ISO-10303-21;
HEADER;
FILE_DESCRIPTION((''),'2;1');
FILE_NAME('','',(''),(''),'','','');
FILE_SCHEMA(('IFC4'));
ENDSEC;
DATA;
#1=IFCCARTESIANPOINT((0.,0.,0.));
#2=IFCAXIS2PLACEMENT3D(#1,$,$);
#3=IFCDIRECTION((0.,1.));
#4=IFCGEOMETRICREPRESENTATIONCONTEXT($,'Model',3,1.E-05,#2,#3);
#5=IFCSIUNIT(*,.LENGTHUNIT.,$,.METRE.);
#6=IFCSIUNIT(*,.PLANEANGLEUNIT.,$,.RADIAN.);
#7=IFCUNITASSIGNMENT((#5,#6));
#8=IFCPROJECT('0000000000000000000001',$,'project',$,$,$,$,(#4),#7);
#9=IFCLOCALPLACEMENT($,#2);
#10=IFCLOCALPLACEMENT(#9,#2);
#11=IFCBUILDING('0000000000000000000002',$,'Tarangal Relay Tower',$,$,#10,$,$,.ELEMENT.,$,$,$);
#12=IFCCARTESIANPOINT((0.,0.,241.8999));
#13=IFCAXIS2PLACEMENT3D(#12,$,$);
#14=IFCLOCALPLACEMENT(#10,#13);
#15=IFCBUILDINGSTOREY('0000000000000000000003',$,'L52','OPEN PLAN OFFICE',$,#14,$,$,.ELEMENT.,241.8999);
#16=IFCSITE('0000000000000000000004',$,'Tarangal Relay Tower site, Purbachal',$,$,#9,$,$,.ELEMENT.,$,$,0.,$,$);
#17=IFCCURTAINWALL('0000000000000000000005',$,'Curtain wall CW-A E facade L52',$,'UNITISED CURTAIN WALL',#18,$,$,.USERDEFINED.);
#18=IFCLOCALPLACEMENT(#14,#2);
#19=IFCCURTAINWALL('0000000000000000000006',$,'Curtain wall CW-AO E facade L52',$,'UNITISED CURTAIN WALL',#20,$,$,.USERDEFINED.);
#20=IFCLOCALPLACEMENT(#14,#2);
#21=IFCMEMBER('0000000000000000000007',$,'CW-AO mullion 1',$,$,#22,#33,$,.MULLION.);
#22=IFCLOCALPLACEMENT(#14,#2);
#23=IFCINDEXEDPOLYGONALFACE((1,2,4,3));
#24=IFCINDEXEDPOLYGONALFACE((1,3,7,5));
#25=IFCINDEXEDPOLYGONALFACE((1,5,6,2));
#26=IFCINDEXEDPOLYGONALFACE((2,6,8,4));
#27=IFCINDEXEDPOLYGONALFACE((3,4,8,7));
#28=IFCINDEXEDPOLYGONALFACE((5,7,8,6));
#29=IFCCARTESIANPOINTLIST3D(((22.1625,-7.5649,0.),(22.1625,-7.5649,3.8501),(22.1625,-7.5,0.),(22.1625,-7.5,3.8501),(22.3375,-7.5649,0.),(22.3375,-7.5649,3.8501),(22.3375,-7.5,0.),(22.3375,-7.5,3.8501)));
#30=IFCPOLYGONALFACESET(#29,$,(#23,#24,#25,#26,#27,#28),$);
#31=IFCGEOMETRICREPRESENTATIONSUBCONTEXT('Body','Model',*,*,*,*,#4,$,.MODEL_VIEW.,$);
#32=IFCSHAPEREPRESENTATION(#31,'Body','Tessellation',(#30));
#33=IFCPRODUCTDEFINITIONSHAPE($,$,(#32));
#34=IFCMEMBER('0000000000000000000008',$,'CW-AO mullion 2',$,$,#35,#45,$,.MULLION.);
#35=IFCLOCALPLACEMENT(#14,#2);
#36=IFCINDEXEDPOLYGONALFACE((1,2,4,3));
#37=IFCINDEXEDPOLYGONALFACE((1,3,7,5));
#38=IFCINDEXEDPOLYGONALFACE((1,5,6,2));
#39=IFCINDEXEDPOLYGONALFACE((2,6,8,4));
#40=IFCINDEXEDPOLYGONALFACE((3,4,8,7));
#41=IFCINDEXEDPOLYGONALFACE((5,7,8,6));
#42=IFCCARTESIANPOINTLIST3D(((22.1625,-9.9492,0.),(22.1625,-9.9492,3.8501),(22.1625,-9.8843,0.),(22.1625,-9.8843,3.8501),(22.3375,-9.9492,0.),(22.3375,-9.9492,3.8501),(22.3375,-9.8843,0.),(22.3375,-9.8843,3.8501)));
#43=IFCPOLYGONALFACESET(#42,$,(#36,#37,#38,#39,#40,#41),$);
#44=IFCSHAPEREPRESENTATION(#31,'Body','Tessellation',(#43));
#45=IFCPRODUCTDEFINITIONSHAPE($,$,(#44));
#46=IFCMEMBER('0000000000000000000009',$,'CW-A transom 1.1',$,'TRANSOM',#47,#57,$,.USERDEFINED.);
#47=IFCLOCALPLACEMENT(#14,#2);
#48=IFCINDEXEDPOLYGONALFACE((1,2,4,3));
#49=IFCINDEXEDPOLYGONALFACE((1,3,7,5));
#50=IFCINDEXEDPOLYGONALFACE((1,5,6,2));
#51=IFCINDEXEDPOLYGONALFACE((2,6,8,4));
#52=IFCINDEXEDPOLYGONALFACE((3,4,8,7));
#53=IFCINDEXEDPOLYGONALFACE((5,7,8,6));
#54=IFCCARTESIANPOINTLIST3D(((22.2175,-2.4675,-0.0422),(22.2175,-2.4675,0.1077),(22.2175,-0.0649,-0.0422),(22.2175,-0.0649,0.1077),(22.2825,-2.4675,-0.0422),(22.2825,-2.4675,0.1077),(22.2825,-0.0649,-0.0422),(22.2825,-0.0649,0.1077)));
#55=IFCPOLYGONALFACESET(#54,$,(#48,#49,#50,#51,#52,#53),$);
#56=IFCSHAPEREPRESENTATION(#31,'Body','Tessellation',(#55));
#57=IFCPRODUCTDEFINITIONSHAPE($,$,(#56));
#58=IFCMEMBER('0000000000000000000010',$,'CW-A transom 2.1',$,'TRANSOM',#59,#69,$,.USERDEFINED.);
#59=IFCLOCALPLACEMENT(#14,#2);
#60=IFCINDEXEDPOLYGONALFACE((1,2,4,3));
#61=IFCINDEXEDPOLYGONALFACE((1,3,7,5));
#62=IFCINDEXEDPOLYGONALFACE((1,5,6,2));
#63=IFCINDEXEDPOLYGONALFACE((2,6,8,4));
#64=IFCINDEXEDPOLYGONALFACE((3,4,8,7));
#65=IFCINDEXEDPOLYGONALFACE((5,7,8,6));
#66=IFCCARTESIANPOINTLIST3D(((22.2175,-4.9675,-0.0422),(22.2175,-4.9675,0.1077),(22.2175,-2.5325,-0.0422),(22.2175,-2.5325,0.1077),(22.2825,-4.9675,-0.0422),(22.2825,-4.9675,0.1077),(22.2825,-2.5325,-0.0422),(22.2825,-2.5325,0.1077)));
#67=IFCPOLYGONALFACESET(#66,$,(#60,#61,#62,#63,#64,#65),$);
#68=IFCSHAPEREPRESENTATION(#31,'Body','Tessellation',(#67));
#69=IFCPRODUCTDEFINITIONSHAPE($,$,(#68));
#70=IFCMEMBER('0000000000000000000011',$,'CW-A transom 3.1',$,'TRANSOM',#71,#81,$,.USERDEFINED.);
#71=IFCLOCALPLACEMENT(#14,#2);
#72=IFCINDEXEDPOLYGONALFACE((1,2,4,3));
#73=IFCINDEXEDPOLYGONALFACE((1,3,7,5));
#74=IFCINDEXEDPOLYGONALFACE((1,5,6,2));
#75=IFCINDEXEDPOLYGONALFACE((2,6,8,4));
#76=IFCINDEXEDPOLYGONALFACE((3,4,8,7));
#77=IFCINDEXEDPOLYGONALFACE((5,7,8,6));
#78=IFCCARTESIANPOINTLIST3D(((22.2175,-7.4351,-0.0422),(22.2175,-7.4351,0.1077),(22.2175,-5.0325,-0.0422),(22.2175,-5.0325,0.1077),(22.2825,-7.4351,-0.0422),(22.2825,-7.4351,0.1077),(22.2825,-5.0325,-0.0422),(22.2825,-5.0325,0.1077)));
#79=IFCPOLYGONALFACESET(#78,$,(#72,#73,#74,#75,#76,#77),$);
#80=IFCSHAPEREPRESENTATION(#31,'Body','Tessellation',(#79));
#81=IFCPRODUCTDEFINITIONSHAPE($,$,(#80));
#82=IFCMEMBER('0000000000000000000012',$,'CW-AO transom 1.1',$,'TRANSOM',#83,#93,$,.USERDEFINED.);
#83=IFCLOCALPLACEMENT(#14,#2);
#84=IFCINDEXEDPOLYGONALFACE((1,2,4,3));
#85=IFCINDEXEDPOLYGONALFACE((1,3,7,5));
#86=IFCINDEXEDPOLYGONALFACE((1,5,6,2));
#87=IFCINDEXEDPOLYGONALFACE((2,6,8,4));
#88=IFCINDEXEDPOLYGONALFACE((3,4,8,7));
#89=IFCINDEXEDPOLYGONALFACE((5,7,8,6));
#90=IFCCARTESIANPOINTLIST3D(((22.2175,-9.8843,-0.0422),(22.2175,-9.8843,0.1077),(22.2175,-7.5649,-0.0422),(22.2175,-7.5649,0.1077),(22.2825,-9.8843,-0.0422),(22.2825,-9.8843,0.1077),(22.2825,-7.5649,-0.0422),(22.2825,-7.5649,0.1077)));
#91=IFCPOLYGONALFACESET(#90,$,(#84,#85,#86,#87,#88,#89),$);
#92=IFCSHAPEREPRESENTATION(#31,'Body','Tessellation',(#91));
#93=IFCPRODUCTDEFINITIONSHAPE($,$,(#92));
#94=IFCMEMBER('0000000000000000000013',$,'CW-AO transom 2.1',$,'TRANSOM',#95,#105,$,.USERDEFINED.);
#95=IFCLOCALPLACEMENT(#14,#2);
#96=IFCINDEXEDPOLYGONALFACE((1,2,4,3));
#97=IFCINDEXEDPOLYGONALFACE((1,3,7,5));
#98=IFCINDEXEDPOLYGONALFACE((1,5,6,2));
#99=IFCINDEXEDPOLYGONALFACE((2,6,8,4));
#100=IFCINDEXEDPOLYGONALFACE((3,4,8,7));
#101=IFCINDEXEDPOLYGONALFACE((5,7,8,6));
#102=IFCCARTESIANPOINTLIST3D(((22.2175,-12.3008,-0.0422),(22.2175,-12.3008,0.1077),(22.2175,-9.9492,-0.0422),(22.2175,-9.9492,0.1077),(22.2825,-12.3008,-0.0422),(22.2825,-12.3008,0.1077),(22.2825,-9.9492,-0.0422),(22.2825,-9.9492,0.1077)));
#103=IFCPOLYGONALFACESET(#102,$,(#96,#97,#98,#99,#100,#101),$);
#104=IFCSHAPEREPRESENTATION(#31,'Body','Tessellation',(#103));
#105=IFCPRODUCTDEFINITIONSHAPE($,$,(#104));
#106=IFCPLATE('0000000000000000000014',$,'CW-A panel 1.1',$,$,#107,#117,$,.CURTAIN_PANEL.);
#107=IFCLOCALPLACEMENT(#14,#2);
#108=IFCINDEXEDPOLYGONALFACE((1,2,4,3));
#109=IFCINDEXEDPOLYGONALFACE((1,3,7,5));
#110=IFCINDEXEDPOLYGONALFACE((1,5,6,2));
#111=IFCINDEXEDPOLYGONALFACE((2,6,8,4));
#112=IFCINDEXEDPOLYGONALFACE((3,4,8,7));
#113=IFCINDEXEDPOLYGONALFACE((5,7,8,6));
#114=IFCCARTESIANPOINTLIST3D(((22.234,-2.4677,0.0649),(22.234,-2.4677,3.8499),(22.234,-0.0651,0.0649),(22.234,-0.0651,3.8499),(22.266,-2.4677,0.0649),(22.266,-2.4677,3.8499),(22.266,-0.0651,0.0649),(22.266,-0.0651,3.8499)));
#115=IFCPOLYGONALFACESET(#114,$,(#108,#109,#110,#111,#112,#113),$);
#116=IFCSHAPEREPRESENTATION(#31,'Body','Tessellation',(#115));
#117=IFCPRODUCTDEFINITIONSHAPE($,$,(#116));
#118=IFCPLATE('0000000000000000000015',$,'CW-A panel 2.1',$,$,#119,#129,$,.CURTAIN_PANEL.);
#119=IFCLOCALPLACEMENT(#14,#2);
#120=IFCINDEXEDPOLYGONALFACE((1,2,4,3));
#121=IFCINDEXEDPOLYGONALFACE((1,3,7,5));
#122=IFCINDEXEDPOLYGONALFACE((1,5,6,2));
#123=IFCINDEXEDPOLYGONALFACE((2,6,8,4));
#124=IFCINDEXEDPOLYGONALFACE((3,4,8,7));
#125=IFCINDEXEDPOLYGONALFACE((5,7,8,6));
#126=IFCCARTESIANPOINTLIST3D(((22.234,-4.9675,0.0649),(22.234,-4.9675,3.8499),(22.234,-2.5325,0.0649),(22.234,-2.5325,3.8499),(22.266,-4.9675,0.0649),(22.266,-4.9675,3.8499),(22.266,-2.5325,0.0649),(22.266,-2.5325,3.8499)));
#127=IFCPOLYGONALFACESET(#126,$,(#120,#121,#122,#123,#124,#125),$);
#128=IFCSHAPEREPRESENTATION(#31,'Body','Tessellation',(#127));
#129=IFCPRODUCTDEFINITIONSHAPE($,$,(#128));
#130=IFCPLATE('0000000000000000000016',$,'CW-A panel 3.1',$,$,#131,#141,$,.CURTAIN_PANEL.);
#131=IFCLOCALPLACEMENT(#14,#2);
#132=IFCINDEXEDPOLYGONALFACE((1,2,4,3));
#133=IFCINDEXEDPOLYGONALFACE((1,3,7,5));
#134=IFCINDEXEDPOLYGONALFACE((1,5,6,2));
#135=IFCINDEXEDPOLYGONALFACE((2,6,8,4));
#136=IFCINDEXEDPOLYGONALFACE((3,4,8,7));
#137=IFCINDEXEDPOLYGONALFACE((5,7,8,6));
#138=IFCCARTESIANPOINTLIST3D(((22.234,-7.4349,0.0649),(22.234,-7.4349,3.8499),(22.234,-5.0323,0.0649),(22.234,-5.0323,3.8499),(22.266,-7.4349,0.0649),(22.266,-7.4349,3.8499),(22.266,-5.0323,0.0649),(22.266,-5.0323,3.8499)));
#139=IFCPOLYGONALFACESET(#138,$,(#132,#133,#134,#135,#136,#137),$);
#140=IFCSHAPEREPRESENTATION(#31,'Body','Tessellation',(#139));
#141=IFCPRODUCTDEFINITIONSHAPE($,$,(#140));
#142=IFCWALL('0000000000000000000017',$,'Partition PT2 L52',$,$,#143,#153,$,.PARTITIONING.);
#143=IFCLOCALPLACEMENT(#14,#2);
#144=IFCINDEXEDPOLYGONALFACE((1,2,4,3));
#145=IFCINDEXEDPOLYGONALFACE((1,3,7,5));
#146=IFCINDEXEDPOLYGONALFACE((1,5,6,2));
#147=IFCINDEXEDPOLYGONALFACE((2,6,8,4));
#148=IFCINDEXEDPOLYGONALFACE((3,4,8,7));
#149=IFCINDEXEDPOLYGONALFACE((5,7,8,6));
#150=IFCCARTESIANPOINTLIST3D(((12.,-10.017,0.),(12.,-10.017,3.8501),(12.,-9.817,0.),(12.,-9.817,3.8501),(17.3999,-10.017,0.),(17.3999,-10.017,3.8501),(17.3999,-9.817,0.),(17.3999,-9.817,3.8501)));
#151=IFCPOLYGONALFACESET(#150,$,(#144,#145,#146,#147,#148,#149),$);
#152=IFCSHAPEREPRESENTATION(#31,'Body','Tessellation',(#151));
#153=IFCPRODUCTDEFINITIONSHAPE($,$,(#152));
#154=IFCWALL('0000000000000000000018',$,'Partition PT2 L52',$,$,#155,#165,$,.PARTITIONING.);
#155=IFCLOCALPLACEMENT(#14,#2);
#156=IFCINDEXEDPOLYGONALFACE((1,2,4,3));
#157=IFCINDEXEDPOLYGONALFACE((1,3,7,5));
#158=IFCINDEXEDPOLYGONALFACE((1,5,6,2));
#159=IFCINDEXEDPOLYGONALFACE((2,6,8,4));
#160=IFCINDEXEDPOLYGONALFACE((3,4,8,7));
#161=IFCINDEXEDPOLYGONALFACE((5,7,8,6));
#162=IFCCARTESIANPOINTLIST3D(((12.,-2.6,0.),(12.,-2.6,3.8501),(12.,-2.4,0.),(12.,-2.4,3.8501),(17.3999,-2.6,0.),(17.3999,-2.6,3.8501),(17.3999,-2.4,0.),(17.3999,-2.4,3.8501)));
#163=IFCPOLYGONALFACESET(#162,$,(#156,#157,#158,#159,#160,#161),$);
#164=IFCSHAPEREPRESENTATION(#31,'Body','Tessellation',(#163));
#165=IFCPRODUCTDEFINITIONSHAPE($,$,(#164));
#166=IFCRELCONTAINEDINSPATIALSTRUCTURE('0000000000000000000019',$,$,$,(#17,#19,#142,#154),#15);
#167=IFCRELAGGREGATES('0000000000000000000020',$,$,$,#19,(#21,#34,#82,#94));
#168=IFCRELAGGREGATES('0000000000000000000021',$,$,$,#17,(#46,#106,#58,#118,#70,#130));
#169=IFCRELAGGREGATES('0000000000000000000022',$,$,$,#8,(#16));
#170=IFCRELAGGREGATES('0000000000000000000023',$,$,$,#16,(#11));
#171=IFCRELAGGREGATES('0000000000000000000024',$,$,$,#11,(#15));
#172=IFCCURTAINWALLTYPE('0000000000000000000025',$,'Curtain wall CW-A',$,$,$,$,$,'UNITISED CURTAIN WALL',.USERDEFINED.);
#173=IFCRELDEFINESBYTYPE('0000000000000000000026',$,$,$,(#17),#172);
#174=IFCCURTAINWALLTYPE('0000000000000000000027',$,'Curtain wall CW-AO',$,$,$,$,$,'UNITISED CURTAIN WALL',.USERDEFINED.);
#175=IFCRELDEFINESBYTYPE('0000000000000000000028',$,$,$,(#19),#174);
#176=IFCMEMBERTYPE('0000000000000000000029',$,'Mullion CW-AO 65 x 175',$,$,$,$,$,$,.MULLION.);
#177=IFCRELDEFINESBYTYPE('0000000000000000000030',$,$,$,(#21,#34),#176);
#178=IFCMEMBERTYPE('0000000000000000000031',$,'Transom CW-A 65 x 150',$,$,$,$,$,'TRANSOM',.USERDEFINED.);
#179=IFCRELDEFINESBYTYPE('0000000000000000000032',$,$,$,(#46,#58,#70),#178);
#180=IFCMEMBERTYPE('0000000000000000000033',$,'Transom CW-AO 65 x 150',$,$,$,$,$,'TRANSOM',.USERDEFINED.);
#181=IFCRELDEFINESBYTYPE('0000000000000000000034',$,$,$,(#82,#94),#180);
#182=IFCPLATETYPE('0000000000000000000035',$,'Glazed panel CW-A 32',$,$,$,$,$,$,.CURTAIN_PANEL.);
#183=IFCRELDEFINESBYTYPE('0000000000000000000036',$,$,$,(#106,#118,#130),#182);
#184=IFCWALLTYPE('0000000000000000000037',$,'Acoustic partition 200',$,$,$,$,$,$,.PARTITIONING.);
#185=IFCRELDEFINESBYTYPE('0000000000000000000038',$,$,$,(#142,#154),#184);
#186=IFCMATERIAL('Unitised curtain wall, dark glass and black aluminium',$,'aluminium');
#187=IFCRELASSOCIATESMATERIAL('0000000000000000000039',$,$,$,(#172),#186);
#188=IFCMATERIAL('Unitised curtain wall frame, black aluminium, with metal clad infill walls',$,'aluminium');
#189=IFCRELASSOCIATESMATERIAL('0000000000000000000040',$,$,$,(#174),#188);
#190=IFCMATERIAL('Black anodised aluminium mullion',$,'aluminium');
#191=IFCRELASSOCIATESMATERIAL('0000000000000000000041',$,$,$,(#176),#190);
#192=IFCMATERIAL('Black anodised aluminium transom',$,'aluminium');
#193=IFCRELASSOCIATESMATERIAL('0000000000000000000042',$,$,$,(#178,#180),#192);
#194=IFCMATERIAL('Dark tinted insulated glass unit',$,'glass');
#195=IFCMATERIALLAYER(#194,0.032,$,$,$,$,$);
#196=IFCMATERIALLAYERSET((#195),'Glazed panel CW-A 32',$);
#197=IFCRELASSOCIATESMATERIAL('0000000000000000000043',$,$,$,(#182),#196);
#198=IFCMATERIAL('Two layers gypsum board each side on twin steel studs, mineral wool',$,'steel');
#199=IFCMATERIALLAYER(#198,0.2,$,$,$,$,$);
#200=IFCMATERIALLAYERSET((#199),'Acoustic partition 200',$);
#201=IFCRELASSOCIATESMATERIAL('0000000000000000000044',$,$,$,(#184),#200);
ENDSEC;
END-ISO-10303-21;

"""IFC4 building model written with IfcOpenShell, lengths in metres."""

from ifc_helpers import new_model, si_unit, direction, frame, frame_2d, origin, origin_2d, place, context, subcontext, project, spatial, rectangle, extrude, material, layer, layer_set, material_profile, profile_set, type_object, element, aggregate, save


model = new_model("IFC4")

# Units and contexts
model_context = context("Model", 3, precision=1e-05, world=origin(), true_north=direction((0.0, 1.0)))
body_context = subcontext(model_context, "Body", "Model", "MODEL_VIEW")
ifc_project = project(units=[si_unit("LENGTHUNIT", "METRE"), si_unit("PLANEANGLEUNIT", "RADIAN")], contexts=[model_context])

# Site, building, storey
site_placement = place(None, origin())
site = spatial("IfcSite", under=ifc_project, at=site_placement, Name="Tarangal Relay Tower site, Purbachal", CompositionType="ELEMENT", RefElevation=0.0)
building_placement = place(site_placement, origin())
building = spatial("IfcBuilding", under=site, at=building_placement, Name="Tarangal Relay Tower", CompositionType="ELEMENT")
storey_placement = place(building_placement, frame((0.0, 0.0, 241.8999)))
storey = spatial("IfcBuildingStorey", under=building, at=storey_placement, Name="L52", Description="OPEN PLAN OFFICE", CompositionType="ELEMENT", Elevation=241.8999)

# Curtain walls, members
ifc_material_1 = material(Name="Unitised curtain wall, dark glass and black aluminium", Category="aluminium")
curtain_wall_type_1 = type_object("IfcCurtainWallType", Name="Curtain wall CW-A", ElementType="UNITISED CURTAIN WALL", PredefinedType="USERDEFINED", material=ifc_material_1)
curtain_wall_1_placement = place(storey_placement, origin())
curtain_wall_1 = element("IfcCurtainWall", 1, at=curtain_wall_1_placement, inside=storey, type_object=curtain_wall_type_1, Name="Curtain wall CW-A E facade L52", ObjectType="UNITISED CURTAIN WALL", PredefinedType="USERDEFINED")
ifc_material_2 = material(Name="Black anodised aluminium mullion", Category="aluminium")
ifc_material_3 = material(Name="Unitised curtain wall frame, black aluminium, with metal clad infill walls", Category="aluminium")
curtain_wall_type_2 = type_object("IfcCurtainWallType", Name="Curtain wall CW-AO", ElementType="UNITISED CURTAIN WALL", PredefinedType="USERDEFINED", material=ifc_material_3)
curtain_wall_2_placement = place(storey_placement, origin())
curtain_wall_2 = element("IfcCurtainWall", 2, at=curtain_wall_2_placement, inside=storey, type_object=curtain_wall_type_2, Name="Curtain wall CW-AO E facade L52", ObjectType="UNITISED CURTAIN WALL", PredefinedType="USERDEFINED")
ifc_material_profile_1 = material_profile(ifc_material_2, rectangle(XDim=0.175, YDim=0.0649, at=origin_2d()), Name="CW-AOM 65X175")
ifc_profile_set_1 = profile_set([ifc_material_profile_1], Name="Black anodised aluminium mullion")
member_type_1 = type_object("IfcMemberType", Name="Mullion CW-AO 65 x 175", PredefinedType="MULLION", material=ifc_profile_set_1)
member_1_placement = place(storey_placement, frame((22.25, -7.5325, 0.0), z_axis=(0.0, 0.0, 1.0), x_axis=(1.0, 0.0, 0.0)))
member_1 = element("IfcMember", 3, at=member_1_placement, type_object=member_type_1, Name="CW-AO mullion 1", PredefinedType="MULLION", context=body_context, shape_type="SweptSolid", body=[
    extrude(rectangle(XDim=0.175, YDim=0.0649, at=origin_2d()), origin(), (0.0, 0.0, 1.0), 3.8501),
])
member_2_placement = place(storey_placement, frame((22.25, -9.9167, 0.0), z_axis=(0.0, 0.0, 1.0), x_axis=(1.0, 0.0, 0.0)))
member_2 = element("IfcMember", 4, at=member_2_placement, type_object=member_type_1, Name="CW-AO mullion 2", PredefinedType="MULLION", context=body_context, shape_type="SweptSolid", body=[
    extrude(rectangle(XDim=0.175, YDim=0.0649, at=origin_2d()), origin(), (0.0, 0.0, 1.0), 3.8501),
])

# Members
ifc_material_4 = material(Name="Black anodised aluminium transom", Category="aluminium")
ifc_material_profile_2 = material_profile(ifc_material_4, rectangle(XDim=0.0649, YDim=0.1499, at=origin_2d()), Name="CW-AT 65X150")
ifc_profile_set_2 = profile_set([ifc_material_profile_2], Name="Black anodised aluminium transom")
member_type_2 = type_object("IfcMemberType", Name="Transom CW-A 65 x 150", ElementType="TRANSOM", PredefinedType="USERDEFINED", material=ifc_profile_set_2)
member_3_placement = place(storey_placement, frame((22.25, -0.0649, 0.0327), z_axis=(0.0, -1.0, 0.0), x_axis=(1.0, 0.0, 0.0)))
member_3 = element("IfcMember", 5, at=member_3_placement, type_object=member_type_2, Name="CW-A transom 1.1", ObjectType="TRANSOM", PredefinedType="USERDEFINED", context=body_context, shape_type="SweptSolid", body=[
    extrude(rectangle(XDim=0.0649, YDim=0.1499, at=origin_2d()), origin(), (0.0, 0.0, 1.0), 2.4026),
])
member_4_placement = place(storey_placement, frame((22.25, -2.5325, 0.0327), z_axis=(0.0, -1.0, 0.0), x_axis=(1.0, 0.0, 0.0)))
member_4 = element("IfcMember", 6, at=member_4_placement, type_object=member_type_2, Name="CW-A transom 2.1", ObjectType="TRANSOM", PredefinedType="USERDEFINED", context=body_context, shape_type="SweptSolid", body=[
    extrude(rectangle(XDim=0.0649, YDim=0.1499, at=origin_2d()), origin(), (0.0, 0.0, 1.0), 2.4351),
])
member_5_placement = place(storey_placement, frame((22.25, -5.0325, 0.0327), z_axis=(0.0, -1.0, 0.0), x_axis=(1.0, 0.0, 0.0)))
member_5 = element("IfcMember", 7, at=member_5_placement, type_object=member_type_2, Name="CW-A transom 3.1", ObjectType="TRANSOM", PredefinedType="USERDEFINED", context=body_context, shape_type="SweptSolid", body=[
    extrude(rectangle(XDim=0.0649, YDim=0.1499, at=origin_2d()), origin(), (0.0, 0.0, 1.0), 2.4026),
])
ifc_material_profile_3 = material_profile(ifc_material_4, rectangle(XDim=0.0649, YDim=0.1499, at=origin_2d()), Name="CW-AOT 65X150")
ifc_profile_set_3 = profile_set([ifc_material_profile_3], Name="Black anodised aluminium transom")
member_type_3 = type_object("IfcMemberType", Name="Transom CW-AO 65 x 150", ElementType="TRANSOM", PredefinedType="USERDEFINED", material=ifc_profile_set_3)
member_6_placement = place(storey_placement, frame((22.25, -7.5649, 0.0327), z_axis=(0.0, -1.0, 0.0), x_axis=(1.0, 0.0, 0.0)))
member_6 = element("IfcMember", 8, at=member_6_placement, type_object=member_type_3, Name="CW-AO transom 1.1", ObjectType="TRANSOM", PredefinedType="USERDEFINED", context=body_context, shape_type="SweptSolid", body=[
    extrude(rectangle(XDim=0.0649, YDim=0.1499, at=origin_2d()), origin(), (0.0, 0.0, 1.0), 2.3193),
])
member_7_placement = place(storey_placement, frame((22.25, -9.9492, 0.0327), z_axis=(0.0, -1.0, 0.0), x_axis=(1.0, 0.0, 0.0)))
member_7 = element("IfcMember", 9, at=member_7_placement, type_object=member_type_3, Name="CW-AO transom 2.1", ObjectType="TRANSOM", PredefinedType="USERDEFINED", context=body_context, shape_type="SweptSolid", body=[
    extrude(rectangle(XDim=0.0649, YDim=0.1499, at=origin_2d()), origin(), (0.0, 0.0, 1.0), 2.3516),
])
aggregate(curtain_wall_2, [member_1, member_2, member_6, member_7])

# Plates
ifc_material_5 = material(Name="Dark tinted insulated glass unit", Category="glass")
ifc_layer_1 = layer(ifc_material_5, 0.032)
ifc_layer_set_1 = layer_set([ifc_layer_1], Name="Glazed panel CW-A 32")
plate_type = type_object("IfcPlateType", Name="Glazed panel CW-A 32", PredefinedType="CURTAIN_PANEL", material=ifc_layer_set_1)
plate_1_placement = place(storey_placement, frame((22.25, -1.2664, 0.0649), z_axis=(0.0, 0.0, 1.0), x_axis=(0.0, -1.0, 0.0)))
plate_1 = element("IfcPlate", 10, at=plate_1_placement, type_object=plate_type, Name="CW-A panel 1.1", PredefinedType="CURTAIN_PANEL", context=body_context, shape_type="SweptSolid", body=[
    extrude(rectangle(XDim=2.4026, YDim=0.032, at=origin_2d()), origin(), (0.0, 0.0, 1.0), 3.7849),
])
plate_2_placement = place(storey_placement, frame((22.25, -3.75, 0.0649), z_axis=(0.0, 0.0, 1.0), x_axis=(0.0, -1.0, 0.0)))
plate_2 = element("IfcPlate", 11, at=plate_2_placement, type_object=plate_type, Name="CW-A panel 2.1", PredefinedType="CURTAIN_PANEL", context=body_context, shape_type="SweptSolid", body=[
    extrude(rectangle(XDim=2.4351, YDim=0.032, at=origin_2d()), origin(), (0.0, 0.0, 1.0), 3.7849),
])
plate_3_placement = place(storey_placement, frame((22.25, -6.2336, 0.0649), z_axis=(0.0, 0.0, 1.0), x_axis=(0.0, -1.0, 0.0)))
plate_3 = element("IfcPlate", 12, at=plate_3_placement, type_object=plate_type, Name="CW-A panel 3.1", PredefinedType="CURTAIN_PANEL", context=body_context, shape_type="SweptSolid", body=[
    extrude(rectangle(XDim=2.4026, YDim=0.032, at=origin_2d()), origin(), (0.0, 0.0, 1.0), 3.7849),
])
aggregate(curtain_wall_1, [member_3, plate_1, member_4, plate_2, member_5, plate_3])

# Walls
ifc_material_6 = material(Name="Two layers gypsum board each side on twin steel studs, mineral wool", Category="steel")
ifc_layer_2 = layer(ifc_material_6, 0.2)
ifc_layer_set_2 = layer_set([ifc_layer_2], Name="Acoustic partition 200")
wall_type_1 = type_object("IfcWallType", Name="Acoustic partition 200", PredefinedType="PARTITIONING", material=ifc_layer_set_2)
for number, where, z_axis, x_axis, name in (
    (13, (12.0, -9.917, 0.0), (0.0, 0.0, 1.0), (1.0, 0.0, 0.0), "Partition PT2 L52"),
    (14, (12.0, -2.5, 0.0), (0.0, 0.0, 1.0), (1.0, 0.0, 0.0), "Partition PT2 L52"),
):
    element("IfcWall", number, at=place(storey_placement, frame(where, z_axis=z_axis, x_axis=x_axis)), inside=storey, type_object=wall_type_1, Name=name, PredefinedType="PARTITIONING", context=body_context, shape_type="SweptSolid", body=[
        extrude(rectangle(XDim=5.3999, YDim=0.2, at=frame_2d((2.7, 0.0))), origin(), (0.0, 0.0, 1.0), 3.8501),
    ])

save(model, "model.ifc")
